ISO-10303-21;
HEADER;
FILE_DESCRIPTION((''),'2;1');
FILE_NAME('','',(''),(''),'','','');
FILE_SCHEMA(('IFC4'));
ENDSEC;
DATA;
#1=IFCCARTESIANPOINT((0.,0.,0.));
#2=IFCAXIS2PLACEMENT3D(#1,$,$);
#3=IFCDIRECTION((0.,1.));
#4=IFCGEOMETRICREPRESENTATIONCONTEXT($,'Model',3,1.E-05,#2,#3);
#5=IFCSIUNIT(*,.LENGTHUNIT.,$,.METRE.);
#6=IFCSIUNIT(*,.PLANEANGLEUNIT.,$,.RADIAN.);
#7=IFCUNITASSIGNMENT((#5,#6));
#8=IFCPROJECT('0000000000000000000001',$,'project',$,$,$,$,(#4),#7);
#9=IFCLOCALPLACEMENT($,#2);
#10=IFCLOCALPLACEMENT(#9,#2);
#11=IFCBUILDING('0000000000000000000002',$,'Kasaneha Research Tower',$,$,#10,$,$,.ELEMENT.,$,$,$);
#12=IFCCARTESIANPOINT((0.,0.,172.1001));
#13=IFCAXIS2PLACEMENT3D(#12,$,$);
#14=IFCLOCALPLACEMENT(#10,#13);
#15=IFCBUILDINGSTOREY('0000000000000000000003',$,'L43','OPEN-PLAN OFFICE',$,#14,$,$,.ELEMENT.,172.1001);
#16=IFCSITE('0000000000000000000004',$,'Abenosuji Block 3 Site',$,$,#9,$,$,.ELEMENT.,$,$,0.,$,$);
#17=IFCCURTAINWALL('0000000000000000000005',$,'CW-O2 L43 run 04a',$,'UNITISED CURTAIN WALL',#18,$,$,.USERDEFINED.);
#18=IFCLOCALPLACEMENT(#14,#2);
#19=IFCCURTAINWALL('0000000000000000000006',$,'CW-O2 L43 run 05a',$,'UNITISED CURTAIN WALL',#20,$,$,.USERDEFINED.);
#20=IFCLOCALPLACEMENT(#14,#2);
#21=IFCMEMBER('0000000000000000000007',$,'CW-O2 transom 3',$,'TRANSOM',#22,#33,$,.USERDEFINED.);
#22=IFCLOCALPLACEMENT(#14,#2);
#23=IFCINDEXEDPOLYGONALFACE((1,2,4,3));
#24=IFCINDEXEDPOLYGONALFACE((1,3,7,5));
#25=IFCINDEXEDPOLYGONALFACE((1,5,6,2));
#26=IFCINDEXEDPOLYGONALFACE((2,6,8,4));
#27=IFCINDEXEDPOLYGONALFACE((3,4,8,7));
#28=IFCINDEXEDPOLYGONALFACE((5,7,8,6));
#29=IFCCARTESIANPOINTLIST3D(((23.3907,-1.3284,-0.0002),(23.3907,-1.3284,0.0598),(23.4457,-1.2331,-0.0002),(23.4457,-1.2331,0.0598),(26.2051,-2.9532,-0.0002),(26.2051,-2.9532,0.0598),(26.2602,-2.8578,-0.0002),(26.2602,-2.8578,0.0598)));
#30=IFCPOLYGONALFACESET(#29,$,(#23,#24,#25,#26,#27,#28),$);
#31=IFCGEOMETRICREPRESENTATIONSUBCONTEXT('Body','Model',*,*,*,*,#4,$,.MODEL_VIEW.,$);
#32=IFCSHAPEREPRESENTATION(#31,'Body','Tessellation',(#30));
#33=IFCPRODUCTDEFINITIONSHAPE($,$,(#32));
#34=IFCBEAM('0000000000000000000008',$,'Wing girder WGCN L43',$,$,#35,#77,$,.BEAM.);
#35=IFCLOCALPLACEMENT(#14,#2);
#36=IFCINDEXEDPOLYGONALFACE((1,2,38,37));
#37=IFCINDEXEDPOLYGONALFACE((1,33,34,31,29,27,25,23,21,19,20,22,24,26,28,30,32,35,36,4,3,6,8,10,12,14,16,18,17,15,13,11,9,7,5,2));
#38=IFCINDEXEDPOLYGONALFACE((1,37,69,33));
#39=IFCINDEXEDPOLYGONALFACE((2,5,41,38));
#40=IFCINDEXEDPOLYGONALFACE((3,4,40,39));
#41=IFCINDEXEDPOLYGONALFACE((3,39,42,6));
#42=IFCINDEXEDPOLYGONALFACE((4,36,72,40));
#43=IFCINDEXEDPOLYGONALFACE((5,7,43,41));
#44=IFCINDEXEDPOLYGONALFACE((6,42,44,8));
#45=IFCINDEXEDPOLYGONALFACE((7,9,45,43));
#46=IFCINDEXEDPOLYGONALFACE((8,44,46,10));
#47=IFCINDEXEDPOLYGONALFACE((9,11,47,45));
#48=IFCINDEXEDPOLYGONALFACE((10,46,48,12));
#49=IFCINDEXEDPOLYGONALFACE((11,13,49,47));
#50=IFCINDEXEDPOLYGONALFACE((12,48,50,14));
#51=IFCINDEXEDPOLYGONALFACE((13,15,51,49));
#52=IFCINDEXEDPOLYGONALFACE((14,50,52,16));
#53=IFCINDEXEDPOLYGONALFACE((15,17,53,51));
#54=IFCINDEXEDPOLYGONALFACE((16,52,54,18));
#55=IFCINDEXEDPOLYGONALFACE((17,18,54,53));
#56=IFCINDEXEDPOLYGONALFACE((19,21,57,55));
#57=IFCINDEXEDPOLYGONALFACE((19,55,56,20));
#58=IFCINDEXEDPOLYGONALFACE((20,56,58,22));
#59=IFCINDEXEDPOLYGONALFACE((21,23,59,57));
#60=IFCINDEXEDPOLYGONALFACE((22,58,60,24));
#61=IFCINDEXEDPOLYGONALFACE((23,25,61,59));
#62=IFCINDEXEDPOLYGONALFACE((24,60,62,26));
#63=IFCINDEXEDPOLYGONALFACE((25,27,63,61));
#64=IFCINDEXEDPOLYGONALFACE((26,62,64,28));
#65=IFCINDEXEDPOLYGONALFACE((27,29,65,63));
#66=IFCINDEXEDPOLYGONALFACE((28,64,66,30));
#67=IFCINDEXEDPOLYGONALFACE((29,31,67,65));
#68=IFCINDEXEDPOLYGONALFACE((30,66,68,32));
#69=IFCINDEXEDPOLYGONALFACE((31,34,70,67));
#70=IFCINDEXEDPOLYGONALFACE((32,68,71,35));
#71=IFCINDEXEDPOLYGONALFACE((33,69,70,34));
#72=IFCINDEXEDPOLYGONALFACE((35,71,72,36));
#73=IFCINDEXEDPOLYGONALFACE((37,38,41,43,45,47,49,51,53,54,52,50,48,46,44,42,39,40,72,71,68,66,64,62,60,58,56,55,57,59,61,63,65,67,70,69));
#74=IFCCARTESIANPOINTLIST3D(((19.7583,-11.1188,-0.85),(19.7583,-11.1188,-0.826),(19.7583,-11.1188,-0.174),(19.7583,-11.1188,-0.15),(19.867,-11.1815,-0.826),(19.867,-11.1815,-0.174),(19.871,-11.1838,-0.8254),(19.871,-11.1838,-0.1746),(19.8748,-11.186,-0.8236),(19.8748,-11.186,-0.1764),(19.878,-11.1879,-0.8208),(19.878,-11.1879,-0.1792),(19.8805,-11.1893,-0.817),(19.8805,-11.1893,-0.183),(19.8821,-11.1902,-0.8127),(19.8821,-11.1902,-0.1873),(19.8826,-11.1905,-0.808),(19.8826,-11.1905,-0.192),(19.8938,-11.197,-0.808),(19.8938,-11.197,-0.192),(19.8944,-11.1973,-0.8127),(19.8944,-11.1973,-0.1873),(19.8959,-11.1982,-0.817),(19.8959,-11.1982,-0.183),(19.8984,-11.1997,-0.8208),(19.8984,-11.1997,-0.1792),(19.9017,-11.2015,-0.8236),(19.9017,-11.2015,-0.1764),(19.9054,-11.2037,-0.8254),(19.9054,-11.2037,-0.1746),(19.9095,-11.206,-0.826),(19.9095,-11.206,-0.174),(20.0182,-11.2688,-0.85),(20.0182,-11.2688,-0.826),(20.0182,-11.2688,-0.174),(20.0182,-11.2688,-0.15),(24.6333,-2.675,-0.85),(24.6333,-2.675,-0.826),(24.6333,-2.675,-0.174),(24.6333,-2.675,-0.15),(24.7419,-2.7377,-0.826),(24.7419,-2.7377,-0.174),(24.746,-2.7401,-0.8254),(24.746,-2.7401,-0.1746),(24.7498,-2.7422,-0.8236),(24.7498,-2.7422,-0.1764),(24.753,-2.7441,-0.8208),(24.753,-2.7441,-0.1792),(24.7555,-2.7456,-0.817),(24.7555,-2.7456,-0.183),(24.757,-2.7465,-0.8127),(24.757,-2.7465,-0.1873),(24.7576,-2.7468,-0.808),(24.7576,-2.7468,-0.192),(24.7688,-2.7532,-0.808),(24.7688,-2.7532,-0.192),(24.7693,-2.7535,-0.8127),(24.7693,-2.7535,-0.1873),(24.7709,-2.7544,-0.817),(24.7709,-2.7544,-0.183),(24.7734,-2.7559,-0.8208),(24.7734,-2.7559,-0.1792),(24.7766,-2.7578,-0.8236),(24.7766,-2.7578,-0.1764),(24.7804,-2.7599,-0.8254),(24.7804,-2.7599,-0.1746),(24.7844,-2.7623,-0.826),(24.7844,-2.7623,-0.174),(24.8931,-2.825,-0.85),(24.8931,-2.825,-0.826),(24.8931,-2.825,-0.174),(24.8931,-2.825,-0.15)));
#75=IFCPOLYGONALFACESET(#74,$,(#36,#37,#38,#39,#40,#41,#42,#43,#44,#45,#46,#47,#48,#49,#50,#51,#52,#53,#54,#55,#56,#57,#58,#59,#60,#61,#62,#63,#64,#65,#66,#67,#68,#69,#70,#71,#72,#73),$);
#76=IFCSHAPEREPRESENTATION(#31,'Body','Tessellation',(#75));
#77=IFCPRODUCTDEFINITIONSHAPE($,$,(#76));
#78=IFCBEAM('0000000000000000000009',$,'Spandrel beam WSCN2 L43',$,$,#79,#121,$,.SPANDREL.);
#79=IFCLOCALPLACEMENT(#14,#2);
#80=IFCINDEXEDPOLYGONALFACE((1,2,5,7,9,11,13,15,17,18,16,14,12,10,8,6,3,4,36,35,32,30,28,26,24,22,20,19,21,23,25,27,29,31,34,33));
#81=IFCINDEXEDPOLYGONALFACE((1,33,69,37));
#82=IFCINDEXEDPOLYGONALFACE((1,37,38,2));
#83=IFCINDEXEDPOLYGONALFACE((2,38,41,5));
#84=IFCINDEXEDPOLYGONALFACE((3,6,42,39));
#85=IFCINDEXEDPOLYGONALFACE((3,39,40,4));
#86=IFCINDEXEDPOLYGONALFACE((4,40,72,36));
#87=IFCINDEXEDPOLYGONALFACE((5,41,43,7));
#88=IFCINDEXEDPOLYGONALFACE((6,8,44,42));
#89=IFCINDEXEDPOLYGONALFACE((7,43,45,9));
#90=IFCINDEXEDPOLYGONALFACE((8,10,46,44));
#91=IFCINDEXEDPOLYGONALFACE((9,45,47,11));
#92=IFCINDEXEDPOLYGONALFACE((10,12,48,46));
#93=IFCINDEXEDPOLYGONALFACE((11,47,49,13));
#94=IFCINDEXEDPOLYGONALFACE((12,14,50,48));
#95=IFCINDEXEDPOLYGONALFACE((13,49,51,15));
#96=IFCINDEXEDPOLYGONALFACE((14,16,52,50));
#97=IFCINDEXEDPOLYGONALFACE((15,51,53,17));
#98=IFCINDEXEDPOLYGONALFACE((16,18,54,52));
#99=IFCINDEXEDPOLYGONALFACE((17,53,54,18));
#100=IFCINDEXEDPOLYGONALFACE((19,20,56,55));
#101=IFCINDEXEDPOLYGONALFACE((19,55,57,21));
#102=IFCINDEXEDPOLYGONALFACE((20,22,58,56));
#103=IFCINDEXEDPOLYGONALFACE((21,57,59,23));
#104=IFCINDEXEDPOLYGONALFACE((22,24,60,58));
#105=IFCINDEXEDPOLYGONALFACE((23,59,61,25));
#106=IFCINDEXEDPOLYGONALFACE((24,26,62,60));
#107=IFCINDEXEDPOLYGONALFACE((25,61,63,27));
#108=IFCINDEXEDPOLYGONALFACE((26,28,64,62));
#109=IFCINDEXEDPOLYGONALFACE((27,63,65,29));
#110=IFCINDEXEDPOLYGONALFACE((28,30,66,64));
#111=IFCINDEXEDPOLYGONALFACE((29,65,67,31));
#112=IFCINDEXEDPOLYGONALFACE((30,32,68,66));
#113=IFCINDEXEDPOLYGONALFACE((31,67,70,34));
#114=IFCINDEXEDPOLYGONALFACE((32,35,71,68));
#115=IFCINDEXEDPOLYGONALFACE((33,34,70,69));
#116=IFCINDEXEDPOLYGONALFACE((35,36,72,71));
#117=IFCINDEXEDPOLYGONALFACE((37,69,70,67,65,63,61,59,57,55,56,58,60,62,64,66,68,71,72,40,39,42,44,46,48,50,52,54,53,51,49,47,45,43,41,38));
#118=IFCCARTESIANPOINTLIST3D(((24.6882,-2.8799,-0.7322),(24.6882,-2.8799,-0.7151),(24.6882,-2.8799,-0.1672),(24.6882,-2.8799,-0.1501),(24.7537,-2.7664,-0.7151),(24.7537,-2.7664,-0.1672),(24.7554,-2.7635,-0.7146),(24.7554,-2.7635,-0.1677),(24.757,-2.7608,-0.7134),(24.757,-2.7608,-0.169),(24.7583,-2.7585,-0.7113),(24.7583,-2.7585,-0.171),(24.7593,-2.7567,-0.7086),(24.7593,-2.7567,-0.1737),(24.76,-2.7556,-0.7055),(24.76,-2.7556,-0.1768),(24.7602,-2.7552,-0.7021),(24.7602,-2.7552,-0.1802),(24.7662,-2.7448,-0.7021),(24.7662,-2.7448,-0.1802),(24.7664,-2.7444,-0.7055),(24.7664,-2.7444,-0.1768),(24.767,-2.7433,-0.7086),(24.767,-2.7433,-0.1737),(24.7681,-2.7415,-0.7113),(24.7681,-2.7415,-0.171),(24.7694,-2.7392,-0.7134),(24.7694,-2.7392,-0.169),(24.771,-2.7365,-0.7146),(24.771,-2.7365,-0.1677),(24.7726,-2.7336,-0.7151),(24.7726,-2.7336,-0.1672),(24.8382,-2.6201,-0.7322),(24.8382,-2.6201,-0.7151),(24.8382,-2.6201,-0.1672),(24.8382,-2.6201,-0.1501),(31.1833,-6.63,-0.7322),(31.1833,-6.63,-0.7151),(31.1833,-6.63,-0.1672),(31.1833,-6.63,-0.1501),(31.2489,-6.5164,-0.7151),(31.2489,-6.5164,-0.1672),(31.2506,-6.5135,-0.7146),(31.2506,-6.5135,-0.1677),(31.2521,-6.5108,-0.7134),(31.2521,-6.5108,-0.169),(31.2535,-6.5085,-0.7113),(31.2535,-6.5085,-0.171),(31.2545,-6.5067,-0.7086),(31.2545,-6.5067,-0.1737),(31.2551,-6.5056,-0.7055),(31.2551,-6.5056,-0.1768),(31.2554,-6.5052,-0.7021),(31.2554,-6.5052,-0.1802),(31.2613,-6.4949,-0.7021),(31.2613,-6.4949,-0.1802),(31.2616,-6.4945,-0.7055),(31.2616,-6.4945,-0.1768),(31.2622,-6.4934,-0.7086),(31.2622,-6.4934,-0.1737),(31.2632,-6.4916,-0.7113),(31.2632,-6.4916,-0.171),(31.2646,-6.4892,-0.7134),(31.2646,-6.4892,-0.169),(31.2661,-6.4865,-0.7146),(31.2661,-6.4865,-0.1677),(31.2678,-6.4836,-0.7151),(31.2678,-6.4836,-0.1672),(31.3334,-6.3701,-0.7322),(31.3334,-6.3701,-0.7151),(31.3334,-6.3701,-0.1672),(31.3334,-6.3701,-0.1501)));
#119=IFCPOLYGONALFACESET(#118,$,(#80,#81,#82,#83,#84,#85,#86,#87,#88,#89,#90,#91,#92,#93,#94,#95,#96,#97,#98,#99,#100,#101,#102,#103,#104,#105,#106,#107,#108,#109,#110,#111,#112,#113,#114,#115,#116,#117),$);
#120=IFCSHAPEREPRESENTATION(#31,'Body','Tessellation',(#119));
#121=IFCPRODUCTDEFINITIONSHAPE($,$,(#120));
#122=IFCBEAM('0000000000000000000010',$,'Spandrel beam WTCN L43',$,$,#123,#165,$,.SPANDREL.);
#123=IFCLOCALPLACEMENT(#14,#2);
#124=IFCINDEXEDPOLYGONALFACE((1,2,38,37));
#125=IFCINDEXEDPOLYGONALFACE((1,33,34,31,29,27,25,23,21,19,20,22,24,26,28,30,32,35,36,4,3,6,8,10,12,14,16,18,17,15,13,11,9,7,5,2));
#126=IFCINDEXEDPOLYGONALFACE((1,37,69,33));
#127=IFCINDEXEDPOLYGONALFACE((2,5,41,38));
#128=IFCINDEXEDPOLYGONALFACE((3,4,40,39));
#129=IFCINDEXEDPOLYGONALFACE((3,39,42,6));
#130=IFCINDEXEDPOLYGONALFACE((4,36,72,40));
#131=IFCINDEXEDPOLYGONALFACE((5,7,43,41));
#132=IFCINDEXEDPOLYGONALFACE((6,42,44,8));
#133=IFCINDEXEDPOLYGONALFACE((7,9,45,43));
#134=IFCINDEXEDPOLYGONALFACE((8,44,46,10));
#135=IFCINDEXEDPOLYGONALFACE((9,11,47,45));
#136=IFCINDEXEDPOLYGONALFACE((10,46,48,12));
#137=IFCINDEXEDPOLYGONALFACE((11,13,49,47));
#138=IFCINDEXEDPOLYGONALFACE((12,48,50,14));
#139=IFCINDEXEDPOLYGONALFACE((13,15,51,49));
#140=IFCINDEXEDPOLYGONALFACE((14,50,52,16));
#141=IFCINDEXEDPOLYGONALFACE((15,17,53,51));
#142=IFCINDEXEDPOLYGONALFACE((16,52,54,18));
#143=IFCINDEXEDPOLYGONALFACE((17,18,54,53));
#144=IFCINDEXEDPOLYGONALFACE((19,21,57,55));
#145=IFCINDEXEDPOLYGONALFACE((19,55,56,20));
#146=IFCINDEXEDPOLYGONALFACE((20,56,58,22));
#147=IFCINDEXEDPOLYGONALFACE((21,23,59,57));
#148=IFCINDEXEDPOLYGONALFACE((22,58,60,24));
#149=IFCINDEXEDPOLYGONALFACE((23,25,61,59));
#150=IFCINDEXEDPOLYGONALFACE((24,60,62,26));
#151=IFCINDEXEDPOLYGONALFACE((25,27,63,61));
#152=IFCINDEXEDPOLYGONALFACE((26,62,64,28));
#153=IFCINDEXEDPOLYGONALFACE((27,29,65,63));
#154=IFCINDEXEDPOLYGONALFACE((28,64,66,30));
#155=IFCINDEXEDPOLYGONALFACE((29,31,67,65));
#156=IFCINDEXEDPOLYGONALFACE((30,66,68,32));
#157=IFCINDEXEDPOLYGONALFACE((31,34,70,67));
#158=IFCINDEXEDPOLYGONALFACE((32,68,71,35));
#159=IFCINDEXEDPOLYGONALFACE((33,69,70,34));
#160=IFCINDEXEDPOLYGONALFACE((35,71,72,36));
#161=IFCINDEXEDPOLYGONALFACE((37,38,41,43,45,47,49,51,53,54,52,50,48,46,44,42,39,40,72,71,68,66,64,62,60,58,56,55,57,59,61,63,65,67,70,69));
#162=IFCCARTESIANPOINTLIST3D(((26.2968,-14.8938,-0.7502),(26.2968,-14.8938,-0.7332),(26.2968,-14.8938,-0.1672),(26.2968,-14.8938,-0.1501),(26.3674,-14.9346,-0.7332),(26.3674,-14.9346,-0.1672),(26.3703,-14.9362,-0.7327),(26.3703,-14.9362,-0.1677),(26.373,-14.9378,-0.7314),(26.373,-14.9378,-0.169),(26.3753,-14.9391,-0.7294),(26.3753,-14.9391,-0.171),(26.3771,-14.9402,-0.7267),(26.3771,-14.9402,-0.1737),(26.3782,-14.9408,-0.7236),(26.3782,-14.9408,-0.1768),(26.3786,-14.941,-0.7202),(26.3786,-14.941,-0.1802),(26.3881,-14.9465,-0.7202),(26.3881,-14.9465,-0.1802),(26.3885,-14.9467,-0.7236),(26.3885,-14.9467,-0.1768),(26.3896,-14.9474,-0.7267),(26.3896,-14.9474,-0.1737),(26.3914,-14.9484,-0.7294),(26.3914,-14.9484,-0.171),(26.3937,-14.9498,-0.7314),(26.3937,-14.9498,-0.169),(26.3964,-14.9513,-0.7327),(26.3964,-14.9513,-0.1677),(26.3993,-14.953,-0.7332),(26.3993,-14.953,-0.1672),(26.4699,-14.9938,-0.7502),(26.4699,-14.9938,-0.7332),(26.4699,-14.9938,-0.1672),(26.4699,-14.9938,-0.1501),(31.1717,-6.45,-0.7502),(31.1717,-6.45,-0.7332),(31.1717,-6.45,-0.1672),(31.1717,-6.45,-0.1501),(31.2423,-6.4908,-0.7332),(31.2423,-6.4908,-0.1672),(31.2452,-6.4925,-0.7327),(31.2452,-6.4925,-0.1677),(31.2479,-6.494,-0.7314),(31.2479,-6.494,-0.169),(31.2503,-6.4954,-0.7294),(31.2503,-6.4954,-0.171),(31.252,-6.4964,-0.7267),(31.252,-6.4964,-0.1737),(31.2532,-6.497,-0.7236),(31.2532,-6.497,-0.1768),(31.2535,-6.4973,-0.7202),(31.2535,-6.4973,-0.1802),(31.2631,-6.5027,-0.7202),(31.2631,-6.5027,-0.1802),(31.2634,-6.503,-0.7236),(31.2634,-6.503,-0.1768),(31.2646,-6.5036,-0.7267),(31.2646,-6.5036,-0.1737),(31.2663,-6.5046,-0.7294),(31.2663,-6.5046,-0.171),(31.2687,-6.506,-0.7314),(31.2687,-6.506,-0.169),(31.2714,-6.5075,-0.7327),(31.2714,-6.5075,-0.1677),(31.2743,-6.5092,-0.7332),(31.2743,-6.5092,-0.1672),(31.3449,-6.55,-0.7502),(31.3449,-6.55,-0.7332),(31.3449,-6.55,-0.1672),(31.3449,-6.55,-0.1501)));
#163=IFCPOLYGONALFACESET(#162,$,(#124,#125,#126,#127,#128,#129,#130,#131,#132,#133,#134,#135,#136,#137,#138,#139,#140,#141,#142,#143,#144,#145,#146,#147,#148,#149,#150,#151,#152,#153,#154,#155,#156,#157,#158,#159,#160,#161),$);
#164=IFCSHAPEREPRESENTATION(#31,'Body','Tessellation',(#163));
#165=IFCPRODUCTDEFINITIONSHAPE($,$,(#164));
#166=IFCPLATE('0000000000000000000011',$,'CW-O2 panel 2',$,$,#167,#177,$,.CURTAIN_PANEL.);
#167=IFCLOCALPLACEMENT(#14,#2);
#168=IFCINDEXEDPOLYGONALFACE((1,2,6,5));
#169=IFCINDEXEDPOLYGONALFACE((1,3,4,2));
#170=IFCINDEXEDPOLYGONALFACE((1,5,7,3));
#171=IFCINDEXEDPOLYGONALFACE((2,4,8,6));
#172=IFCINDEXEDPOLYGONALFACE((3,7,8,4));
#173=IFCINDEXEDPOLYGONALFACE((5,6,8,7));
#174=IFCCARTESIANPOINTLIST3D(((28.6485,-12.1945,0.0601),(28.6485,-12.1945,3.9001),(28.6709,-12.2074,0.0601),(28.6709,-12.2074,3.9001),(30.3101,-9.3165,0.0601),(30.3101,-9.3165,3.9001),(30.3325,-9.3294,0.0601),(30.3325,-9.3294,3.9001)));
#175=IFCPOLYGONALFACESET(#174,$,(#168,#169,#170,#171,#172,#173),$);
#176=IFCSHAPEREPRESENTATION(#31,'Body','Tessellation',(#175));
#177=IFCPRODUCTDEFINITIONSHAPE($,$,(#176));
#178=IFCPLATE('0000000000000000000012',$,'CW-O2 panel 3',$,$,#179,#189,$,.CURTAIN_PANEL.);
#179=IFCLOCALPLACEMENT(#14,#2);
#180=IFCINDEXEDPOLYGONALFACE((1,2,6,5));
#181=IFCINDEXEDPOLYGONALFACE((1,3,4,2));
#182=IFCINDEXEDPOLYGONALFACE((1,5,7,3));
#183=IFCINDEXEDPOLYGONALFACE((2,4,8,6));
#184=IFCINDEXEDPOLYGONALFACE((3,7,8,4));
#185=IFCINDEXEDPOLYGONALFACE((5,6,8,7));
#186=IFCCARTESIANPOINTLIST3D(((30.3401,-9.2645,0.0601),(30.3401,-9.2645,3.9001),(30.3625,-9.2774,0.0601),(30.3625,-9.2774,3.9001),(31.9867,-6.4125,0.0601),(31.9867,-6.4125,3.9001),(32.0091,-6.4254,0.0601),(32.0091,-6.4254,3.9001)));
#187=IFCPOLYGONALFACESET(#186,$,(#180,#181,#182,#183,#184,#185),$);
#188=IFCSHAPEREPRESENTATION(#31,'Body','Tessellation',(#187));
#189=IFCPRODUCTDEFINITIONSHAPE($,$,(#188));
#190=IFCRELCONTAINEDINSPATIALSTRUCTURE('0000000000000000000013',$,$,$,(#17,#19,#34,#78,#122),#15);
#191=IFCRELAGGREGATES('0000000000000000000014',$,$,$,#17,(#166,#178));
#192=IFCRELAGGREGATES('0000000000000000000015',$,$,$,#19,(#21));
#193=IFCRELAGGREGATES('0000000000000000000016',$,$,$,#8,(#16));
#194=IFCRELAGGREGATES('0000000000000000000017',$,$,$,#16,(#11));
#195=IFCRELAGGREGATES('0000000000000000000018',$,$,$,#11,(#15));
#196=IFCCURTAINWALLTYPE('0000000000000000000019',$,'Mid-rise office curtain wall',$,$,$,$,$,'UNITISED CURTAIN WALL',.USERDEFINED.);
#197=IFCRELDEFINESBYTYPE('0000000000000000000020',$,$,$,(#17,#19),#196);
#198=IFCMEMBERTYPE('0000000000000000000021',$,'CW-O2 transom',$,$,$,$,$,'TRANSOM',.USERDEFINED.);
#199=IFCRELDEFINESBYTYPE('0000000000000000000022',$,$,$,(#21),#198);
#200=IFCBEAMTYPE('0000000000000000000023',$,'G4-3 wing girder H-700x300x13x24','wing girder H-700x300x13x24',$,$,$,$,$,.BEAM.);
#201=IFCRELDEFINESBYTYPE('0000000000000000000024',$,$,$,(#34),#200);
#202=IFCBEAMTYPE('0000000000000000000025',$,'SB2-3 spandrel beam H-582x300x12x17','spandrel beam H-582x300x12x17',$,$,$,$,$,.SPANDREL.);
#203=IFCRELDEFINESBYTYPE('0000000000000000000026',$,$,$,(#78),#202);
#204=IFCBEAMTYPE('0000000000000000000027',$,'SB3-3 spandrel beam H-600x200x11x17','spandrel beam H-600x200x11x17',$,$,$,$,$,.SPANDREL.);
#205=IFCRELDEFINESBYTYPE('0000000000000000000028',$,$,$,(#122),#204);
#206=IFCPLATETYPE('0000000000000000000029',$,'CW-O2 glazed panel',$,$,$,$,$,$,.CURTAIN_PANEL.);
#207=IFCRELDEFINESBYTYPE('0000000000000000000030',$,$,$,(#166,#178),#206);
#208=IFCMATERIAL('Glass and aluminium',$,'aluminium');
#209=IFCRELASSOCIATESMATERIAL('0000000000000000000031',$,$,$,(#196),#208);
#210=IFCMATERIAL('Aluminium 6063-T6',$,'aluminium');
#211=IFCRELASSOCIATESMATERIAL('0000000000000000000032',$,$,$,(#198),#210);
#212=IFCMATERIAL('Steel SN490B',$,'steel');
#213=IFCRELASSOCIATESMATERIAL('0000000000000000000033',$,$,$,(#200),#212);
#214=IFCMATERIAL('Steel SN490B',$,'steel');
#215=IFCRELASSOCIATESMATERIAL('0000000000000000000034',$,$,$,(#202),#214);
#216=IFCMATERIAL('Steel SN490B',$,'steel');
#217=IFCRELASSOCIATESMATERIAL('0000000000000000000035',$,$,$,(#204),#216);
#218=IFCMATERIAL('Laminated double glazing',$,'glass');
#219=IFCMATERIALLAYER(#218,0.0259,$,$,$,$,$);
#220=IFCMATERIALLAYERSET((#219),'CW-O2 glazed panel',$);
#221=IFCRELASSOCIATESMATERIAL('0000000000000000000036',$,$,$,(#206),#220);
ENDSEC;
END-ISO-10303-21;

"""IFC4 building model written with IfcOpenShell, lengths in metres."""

from ifc_helpers import new_model, si_unit, direction, frame, origin, origin_2d, place, context, subcontext, project, spatial, rectangle, i_section, extrude, material, layer, layer_set, material_profile, profile_set, type_object, element, aggregate, save


model = new_model("IFC4")

# Units and contexts
model_context = context("Model", 3, precision=1e-05, world=origin(), true_north=direction((0.0, 1.0)))
body_context = subcontext(model_context, "Body", "Model", "MODEL_VIEW")
ifc_project = project(units=[si_unit("LENGTHUNIT", "METRE"), si_unit("PLANEANGLEUNIT", "RADIAN")], contexts=[model_context])

# Site, building, storey
site_placement = place(None, origin())
site = spatial("IfcSite", under=ifc_project, at=site_placement, Name="Abenosuji Block 3 Site", CompositionType="ELEMENT", RefElevation=0.0)
building_placement = place(site_placement, origin())
building = spatial("IfcBuilding", under=site, at=building_placement, Name="Kasaneha Research Tower", CompositionType="ELEMENT")
storey_placement = place(building_placement, frame((0.0, 0.0, 172.1001)))
storey = spatial("IfcBuildingStorey", under=building, at=storey_placement, Name="L43", Description="OPEN-PLAN OFFICE", CompositionType="ELEMENT", Elevation=172.1001)

# Curtain walls
ifc_material_1 = material(Name="Glass and aluminium", Category="aluminium")
curtain_wall_type = type_object("IfcCurtainWallType", Name="Mid-rise office curtain wall", ElementType="UNITISED CURTAIN WALL", PredefinedType="USERDEFINED", material=ifc_material_1)
curtain_wall_1_placement = place(storey_placement, origin())
curtain_wall_1 = element("IfcCurtainWall", 1, at=curtain_wall_1_placement, inside=storey, type_object=curtain_wall_type, Name="CW-O2 L43 run 04a", ObjectType="UNITISED CURTAIN WALL", PredefinedType="USERDEFINED")
curtain_wall_2_placement = place(storey_placement, origin())
curtain_wall_2 = element("IfcCurtainWall", 2, at=curtain_wall_2_placement, inside=storey, type_object=curtain_wall_type, Name="CW-O2 L43 run 05a", ObjectType="UNITISED CURTAIN WALL", PredefinedType="USERDEFINED")

# Member
ifc_material_2 = material(Name="Aluminium 6063-T6", Category="aluminium")
ifc_material_profile_1 = material_profile(ifc_material_2, rectangle(XDim=0.1101, YDim=0.0601, at=origin_2d()), Name="CW-O2 transom 110x60")
ifc_profile_set_1 = profile_set([ifc_material_profile_1], Name="Aluminium 6063-T6")
member_type_1 = type_object("IfcMemberType", Name="CW-O2 transom", ElementType="TRANSOM", PredefinedType="USERDEFINED", material=ifc_profile_set_1)
member_1_placement = place(storey_placement, frame((26.2327, -2.9055, 0.0298), z_axis=(-0.866048, 0.499961, 0.0), x_axis=(-0.499961, -0.866048, 0.0)))
member_1 = element("IfcMember", 3, at=member_1_placement, type_object=member_type_1, Name="CW-O2 transom 3", ObjectType="TRANSOM", PredefinedType="USERDEFINED", context=body_context, shape_type="SweptSolid", body=[
    extrude(rectangle(XDim=0.1101, YDim=0.0601, at=origin_2d()), origin(), (0.0, 0.0, 1.0), 3.2498),
])

# Beams
ifc_material_3 = material(Name="Steel SN490B", Category="steel")
ifc_material_profile_2 = material_profile(ifc_material_3, i_section(OverallWidth=0.3, OverallDepth=0.7, WebThickness=0.0129, FlangeThickness=0.0239, FilletRadius=0.0181, at=origin_2d()), Name="H-700x300x13x24")
ifc_profile_set_2 = profile_set([ifc_material_profile_2], Name="Steel SN490B")
beam_type_1 = type_object("IfcBeamType", Name="G4-3 wing girder H-700x300x13x24", Description="wing girder H-700x300x13x24", PredefinedType="BEAM", material=ifc_profile_set_2)
beam_1_placement = place(storey_placement, frame((24.7632, -2.75, -0.5), z_axis=(-0.499996, -0.866028, 0.0), x_axis=(0.866028, -0.499996, 0.0)))
element("IfcBeam", 4, at=beam_1_placement, inside=storey, type_object=beam_type_1, Name="Wing girder WGCN L43", PredefinedType="BEAM", context=body_context, shape_type="SweptSolid", body=[
    extrude(i_section(OverallWidth=0.3, OverallDepth=0.7, WebThickness=0.0129, FlangeThickness=0.0239, FilletRadius=0.0181, at=origin_2d()), origin(), (0.0, 0.0, 1.0), 9.75),
])
ifc_material_4 = material(Name="Steel SN490B", Category="steel")
ifc_material_profile_3 = material_profile(ifc_material_4, i_section(OverallWidth=0.3, OverallDepth=0.582, WebThickness=0.012, FlangeThickness=0.0171, FilletRadius=0.0129, at=origin_2d()), Name="H-582x300x12x17")
ifc_profile_set_3 = profile_set([ifc_material_profile_3], Name="Steel SN490B")
beam_type_2 = type_object("IfcBeamType", Name="SB2-3 spandrel beam H-582x300x12x17", Description="spandrel beam H-582x300x12x17", PredefinedType="SPANDREL", material=ifc_profile_set_3)
beam_2_placement = place(storey_placement, frame((24.7632, -2.75, -0.4412), z_axis=(0.866023, -0.500004, 0.0), x_axis=(0.500004, 0.866023, 0.0)))
element("IfcBeam", 5, at=beam_2_placement, inside=storey, type_object=beam_type_2, Name="Spandrel beam WSCN2 L43", PredefinedType="SPANDREL", context=body_context, shape_type="SweptSolid", body=[
    extrude(i_section(OverallWidth=0.3, OverallDepth=0.582, WebThickness=0.012, FlangeThickness=0.0171, FilletRadius=0.0129, at=origin_2d()), origin(), (0.0, 0.0, 1.0), 7.5),
])
ifc_material_5 = material(Name="Steel SN490B", Category="steel")
ifc_material_profile_4 = material_profile(ifc_material_5, i_section(OverallWidth=0.2, OverallDepth=0.6001, WebThickness=0.011, FlangeThickness=0.0171, FilletRadius=0.0129, at=origin_2d()), Name="H-600x200x11x17")
ifc_profile_set_4 = profile_set([ifc_material_profile_4], Name="Steel SN490B")
beam_type_3 = type_object("IfcBeamType", Name="SB3-3 spandrel beam H-600x200x11x17", Description="spandrel beam H-600x200x11x17", PredefinedType="SPANDREL", material=ifc_profile_set_4)
beam_3_placement = place(storey_placement, frame((31.2583, -6.5, -0.4502), z_axis=(-0.499996, -0.866028, 0.0), x_axis=(0.866028, -0.499996, 0.0)))
element("IfcBeam", 6, at=beam_3_placement, inside=storey, type_object=beam_type_3, Name="Spandrel beam WTCN L43", PredefinedType="SPANDREL", context=body_context, shape_type="SweptSolid", body=[
    extrude(i_section(OverallWidth=0.2, OverallDepth=0.6001, WebThickness=0.011, FlangeThickness=0.0171, FilletRadius=0.0129, at=origin_2d()), origin(), (0.0, 0.0, 1.0), 9.75),
])

# Plates
ifc_material_6 = material(Name="Laminated double glazing", Category="glass")
ifc_layer_1 = layer(ifc_material_6, 0.0259)
ifc_layer_set_1 = layer_set([ifc_layer_1], Name="CW-O2 glazed panel")
plate_type = type_object("IfcPlateType", Name="CW-O2 glazed panel", PredefinedType="CURTAIN_PANEL", material=ifc_layer_set_1)
plate_1_placement = place(storey_placement, frame((29.4905, -10.762, 0.0601), z_axis=(0.0, 0.0, 1.0), x_axis=(0.5, 0.866025, 0.0)))
plate_1 = element("IfcPlate", 7, at=plate_1_placement, type_object=plate_type, Name="CW-O2 panel 2", PredefinedType="CURTAIN_PANEL", context=body_context, shape_type="SweptSolid", body=[
    extrude(rectangle(XDim=3.3232, YDim=0.0259, at=origin_2d()), origin(), (0.0, 0.0, 1.0), 3.8401),
])
plate_2_placement = place(storey_placement, frame((31.1746, -7.845, 0.0601), z_axis=(0.0, 0.0, 1.0), x_axis=(0.5, 0.866025, 0.0)))
plate_2 = element("IfcPlate", 8, at=plate_2_placement, type_object=plate_type, Name="CW-O2 panel 3", PredefinedType="CURTAIN_PANEL", context=body_context, shape_type="SweptSolid", body=[
    extrude(rectangle(XDim=3.2932, YDim=0.0259, at=origin_2d()), origin(), (0.0, 0.0, 1.0), 3.8401),
])
aggregate(curtain_wall_1, [plate_1, plate_2])
aggregate(curtain_wall_2, [member_1])

save(model, "model.ifc")
